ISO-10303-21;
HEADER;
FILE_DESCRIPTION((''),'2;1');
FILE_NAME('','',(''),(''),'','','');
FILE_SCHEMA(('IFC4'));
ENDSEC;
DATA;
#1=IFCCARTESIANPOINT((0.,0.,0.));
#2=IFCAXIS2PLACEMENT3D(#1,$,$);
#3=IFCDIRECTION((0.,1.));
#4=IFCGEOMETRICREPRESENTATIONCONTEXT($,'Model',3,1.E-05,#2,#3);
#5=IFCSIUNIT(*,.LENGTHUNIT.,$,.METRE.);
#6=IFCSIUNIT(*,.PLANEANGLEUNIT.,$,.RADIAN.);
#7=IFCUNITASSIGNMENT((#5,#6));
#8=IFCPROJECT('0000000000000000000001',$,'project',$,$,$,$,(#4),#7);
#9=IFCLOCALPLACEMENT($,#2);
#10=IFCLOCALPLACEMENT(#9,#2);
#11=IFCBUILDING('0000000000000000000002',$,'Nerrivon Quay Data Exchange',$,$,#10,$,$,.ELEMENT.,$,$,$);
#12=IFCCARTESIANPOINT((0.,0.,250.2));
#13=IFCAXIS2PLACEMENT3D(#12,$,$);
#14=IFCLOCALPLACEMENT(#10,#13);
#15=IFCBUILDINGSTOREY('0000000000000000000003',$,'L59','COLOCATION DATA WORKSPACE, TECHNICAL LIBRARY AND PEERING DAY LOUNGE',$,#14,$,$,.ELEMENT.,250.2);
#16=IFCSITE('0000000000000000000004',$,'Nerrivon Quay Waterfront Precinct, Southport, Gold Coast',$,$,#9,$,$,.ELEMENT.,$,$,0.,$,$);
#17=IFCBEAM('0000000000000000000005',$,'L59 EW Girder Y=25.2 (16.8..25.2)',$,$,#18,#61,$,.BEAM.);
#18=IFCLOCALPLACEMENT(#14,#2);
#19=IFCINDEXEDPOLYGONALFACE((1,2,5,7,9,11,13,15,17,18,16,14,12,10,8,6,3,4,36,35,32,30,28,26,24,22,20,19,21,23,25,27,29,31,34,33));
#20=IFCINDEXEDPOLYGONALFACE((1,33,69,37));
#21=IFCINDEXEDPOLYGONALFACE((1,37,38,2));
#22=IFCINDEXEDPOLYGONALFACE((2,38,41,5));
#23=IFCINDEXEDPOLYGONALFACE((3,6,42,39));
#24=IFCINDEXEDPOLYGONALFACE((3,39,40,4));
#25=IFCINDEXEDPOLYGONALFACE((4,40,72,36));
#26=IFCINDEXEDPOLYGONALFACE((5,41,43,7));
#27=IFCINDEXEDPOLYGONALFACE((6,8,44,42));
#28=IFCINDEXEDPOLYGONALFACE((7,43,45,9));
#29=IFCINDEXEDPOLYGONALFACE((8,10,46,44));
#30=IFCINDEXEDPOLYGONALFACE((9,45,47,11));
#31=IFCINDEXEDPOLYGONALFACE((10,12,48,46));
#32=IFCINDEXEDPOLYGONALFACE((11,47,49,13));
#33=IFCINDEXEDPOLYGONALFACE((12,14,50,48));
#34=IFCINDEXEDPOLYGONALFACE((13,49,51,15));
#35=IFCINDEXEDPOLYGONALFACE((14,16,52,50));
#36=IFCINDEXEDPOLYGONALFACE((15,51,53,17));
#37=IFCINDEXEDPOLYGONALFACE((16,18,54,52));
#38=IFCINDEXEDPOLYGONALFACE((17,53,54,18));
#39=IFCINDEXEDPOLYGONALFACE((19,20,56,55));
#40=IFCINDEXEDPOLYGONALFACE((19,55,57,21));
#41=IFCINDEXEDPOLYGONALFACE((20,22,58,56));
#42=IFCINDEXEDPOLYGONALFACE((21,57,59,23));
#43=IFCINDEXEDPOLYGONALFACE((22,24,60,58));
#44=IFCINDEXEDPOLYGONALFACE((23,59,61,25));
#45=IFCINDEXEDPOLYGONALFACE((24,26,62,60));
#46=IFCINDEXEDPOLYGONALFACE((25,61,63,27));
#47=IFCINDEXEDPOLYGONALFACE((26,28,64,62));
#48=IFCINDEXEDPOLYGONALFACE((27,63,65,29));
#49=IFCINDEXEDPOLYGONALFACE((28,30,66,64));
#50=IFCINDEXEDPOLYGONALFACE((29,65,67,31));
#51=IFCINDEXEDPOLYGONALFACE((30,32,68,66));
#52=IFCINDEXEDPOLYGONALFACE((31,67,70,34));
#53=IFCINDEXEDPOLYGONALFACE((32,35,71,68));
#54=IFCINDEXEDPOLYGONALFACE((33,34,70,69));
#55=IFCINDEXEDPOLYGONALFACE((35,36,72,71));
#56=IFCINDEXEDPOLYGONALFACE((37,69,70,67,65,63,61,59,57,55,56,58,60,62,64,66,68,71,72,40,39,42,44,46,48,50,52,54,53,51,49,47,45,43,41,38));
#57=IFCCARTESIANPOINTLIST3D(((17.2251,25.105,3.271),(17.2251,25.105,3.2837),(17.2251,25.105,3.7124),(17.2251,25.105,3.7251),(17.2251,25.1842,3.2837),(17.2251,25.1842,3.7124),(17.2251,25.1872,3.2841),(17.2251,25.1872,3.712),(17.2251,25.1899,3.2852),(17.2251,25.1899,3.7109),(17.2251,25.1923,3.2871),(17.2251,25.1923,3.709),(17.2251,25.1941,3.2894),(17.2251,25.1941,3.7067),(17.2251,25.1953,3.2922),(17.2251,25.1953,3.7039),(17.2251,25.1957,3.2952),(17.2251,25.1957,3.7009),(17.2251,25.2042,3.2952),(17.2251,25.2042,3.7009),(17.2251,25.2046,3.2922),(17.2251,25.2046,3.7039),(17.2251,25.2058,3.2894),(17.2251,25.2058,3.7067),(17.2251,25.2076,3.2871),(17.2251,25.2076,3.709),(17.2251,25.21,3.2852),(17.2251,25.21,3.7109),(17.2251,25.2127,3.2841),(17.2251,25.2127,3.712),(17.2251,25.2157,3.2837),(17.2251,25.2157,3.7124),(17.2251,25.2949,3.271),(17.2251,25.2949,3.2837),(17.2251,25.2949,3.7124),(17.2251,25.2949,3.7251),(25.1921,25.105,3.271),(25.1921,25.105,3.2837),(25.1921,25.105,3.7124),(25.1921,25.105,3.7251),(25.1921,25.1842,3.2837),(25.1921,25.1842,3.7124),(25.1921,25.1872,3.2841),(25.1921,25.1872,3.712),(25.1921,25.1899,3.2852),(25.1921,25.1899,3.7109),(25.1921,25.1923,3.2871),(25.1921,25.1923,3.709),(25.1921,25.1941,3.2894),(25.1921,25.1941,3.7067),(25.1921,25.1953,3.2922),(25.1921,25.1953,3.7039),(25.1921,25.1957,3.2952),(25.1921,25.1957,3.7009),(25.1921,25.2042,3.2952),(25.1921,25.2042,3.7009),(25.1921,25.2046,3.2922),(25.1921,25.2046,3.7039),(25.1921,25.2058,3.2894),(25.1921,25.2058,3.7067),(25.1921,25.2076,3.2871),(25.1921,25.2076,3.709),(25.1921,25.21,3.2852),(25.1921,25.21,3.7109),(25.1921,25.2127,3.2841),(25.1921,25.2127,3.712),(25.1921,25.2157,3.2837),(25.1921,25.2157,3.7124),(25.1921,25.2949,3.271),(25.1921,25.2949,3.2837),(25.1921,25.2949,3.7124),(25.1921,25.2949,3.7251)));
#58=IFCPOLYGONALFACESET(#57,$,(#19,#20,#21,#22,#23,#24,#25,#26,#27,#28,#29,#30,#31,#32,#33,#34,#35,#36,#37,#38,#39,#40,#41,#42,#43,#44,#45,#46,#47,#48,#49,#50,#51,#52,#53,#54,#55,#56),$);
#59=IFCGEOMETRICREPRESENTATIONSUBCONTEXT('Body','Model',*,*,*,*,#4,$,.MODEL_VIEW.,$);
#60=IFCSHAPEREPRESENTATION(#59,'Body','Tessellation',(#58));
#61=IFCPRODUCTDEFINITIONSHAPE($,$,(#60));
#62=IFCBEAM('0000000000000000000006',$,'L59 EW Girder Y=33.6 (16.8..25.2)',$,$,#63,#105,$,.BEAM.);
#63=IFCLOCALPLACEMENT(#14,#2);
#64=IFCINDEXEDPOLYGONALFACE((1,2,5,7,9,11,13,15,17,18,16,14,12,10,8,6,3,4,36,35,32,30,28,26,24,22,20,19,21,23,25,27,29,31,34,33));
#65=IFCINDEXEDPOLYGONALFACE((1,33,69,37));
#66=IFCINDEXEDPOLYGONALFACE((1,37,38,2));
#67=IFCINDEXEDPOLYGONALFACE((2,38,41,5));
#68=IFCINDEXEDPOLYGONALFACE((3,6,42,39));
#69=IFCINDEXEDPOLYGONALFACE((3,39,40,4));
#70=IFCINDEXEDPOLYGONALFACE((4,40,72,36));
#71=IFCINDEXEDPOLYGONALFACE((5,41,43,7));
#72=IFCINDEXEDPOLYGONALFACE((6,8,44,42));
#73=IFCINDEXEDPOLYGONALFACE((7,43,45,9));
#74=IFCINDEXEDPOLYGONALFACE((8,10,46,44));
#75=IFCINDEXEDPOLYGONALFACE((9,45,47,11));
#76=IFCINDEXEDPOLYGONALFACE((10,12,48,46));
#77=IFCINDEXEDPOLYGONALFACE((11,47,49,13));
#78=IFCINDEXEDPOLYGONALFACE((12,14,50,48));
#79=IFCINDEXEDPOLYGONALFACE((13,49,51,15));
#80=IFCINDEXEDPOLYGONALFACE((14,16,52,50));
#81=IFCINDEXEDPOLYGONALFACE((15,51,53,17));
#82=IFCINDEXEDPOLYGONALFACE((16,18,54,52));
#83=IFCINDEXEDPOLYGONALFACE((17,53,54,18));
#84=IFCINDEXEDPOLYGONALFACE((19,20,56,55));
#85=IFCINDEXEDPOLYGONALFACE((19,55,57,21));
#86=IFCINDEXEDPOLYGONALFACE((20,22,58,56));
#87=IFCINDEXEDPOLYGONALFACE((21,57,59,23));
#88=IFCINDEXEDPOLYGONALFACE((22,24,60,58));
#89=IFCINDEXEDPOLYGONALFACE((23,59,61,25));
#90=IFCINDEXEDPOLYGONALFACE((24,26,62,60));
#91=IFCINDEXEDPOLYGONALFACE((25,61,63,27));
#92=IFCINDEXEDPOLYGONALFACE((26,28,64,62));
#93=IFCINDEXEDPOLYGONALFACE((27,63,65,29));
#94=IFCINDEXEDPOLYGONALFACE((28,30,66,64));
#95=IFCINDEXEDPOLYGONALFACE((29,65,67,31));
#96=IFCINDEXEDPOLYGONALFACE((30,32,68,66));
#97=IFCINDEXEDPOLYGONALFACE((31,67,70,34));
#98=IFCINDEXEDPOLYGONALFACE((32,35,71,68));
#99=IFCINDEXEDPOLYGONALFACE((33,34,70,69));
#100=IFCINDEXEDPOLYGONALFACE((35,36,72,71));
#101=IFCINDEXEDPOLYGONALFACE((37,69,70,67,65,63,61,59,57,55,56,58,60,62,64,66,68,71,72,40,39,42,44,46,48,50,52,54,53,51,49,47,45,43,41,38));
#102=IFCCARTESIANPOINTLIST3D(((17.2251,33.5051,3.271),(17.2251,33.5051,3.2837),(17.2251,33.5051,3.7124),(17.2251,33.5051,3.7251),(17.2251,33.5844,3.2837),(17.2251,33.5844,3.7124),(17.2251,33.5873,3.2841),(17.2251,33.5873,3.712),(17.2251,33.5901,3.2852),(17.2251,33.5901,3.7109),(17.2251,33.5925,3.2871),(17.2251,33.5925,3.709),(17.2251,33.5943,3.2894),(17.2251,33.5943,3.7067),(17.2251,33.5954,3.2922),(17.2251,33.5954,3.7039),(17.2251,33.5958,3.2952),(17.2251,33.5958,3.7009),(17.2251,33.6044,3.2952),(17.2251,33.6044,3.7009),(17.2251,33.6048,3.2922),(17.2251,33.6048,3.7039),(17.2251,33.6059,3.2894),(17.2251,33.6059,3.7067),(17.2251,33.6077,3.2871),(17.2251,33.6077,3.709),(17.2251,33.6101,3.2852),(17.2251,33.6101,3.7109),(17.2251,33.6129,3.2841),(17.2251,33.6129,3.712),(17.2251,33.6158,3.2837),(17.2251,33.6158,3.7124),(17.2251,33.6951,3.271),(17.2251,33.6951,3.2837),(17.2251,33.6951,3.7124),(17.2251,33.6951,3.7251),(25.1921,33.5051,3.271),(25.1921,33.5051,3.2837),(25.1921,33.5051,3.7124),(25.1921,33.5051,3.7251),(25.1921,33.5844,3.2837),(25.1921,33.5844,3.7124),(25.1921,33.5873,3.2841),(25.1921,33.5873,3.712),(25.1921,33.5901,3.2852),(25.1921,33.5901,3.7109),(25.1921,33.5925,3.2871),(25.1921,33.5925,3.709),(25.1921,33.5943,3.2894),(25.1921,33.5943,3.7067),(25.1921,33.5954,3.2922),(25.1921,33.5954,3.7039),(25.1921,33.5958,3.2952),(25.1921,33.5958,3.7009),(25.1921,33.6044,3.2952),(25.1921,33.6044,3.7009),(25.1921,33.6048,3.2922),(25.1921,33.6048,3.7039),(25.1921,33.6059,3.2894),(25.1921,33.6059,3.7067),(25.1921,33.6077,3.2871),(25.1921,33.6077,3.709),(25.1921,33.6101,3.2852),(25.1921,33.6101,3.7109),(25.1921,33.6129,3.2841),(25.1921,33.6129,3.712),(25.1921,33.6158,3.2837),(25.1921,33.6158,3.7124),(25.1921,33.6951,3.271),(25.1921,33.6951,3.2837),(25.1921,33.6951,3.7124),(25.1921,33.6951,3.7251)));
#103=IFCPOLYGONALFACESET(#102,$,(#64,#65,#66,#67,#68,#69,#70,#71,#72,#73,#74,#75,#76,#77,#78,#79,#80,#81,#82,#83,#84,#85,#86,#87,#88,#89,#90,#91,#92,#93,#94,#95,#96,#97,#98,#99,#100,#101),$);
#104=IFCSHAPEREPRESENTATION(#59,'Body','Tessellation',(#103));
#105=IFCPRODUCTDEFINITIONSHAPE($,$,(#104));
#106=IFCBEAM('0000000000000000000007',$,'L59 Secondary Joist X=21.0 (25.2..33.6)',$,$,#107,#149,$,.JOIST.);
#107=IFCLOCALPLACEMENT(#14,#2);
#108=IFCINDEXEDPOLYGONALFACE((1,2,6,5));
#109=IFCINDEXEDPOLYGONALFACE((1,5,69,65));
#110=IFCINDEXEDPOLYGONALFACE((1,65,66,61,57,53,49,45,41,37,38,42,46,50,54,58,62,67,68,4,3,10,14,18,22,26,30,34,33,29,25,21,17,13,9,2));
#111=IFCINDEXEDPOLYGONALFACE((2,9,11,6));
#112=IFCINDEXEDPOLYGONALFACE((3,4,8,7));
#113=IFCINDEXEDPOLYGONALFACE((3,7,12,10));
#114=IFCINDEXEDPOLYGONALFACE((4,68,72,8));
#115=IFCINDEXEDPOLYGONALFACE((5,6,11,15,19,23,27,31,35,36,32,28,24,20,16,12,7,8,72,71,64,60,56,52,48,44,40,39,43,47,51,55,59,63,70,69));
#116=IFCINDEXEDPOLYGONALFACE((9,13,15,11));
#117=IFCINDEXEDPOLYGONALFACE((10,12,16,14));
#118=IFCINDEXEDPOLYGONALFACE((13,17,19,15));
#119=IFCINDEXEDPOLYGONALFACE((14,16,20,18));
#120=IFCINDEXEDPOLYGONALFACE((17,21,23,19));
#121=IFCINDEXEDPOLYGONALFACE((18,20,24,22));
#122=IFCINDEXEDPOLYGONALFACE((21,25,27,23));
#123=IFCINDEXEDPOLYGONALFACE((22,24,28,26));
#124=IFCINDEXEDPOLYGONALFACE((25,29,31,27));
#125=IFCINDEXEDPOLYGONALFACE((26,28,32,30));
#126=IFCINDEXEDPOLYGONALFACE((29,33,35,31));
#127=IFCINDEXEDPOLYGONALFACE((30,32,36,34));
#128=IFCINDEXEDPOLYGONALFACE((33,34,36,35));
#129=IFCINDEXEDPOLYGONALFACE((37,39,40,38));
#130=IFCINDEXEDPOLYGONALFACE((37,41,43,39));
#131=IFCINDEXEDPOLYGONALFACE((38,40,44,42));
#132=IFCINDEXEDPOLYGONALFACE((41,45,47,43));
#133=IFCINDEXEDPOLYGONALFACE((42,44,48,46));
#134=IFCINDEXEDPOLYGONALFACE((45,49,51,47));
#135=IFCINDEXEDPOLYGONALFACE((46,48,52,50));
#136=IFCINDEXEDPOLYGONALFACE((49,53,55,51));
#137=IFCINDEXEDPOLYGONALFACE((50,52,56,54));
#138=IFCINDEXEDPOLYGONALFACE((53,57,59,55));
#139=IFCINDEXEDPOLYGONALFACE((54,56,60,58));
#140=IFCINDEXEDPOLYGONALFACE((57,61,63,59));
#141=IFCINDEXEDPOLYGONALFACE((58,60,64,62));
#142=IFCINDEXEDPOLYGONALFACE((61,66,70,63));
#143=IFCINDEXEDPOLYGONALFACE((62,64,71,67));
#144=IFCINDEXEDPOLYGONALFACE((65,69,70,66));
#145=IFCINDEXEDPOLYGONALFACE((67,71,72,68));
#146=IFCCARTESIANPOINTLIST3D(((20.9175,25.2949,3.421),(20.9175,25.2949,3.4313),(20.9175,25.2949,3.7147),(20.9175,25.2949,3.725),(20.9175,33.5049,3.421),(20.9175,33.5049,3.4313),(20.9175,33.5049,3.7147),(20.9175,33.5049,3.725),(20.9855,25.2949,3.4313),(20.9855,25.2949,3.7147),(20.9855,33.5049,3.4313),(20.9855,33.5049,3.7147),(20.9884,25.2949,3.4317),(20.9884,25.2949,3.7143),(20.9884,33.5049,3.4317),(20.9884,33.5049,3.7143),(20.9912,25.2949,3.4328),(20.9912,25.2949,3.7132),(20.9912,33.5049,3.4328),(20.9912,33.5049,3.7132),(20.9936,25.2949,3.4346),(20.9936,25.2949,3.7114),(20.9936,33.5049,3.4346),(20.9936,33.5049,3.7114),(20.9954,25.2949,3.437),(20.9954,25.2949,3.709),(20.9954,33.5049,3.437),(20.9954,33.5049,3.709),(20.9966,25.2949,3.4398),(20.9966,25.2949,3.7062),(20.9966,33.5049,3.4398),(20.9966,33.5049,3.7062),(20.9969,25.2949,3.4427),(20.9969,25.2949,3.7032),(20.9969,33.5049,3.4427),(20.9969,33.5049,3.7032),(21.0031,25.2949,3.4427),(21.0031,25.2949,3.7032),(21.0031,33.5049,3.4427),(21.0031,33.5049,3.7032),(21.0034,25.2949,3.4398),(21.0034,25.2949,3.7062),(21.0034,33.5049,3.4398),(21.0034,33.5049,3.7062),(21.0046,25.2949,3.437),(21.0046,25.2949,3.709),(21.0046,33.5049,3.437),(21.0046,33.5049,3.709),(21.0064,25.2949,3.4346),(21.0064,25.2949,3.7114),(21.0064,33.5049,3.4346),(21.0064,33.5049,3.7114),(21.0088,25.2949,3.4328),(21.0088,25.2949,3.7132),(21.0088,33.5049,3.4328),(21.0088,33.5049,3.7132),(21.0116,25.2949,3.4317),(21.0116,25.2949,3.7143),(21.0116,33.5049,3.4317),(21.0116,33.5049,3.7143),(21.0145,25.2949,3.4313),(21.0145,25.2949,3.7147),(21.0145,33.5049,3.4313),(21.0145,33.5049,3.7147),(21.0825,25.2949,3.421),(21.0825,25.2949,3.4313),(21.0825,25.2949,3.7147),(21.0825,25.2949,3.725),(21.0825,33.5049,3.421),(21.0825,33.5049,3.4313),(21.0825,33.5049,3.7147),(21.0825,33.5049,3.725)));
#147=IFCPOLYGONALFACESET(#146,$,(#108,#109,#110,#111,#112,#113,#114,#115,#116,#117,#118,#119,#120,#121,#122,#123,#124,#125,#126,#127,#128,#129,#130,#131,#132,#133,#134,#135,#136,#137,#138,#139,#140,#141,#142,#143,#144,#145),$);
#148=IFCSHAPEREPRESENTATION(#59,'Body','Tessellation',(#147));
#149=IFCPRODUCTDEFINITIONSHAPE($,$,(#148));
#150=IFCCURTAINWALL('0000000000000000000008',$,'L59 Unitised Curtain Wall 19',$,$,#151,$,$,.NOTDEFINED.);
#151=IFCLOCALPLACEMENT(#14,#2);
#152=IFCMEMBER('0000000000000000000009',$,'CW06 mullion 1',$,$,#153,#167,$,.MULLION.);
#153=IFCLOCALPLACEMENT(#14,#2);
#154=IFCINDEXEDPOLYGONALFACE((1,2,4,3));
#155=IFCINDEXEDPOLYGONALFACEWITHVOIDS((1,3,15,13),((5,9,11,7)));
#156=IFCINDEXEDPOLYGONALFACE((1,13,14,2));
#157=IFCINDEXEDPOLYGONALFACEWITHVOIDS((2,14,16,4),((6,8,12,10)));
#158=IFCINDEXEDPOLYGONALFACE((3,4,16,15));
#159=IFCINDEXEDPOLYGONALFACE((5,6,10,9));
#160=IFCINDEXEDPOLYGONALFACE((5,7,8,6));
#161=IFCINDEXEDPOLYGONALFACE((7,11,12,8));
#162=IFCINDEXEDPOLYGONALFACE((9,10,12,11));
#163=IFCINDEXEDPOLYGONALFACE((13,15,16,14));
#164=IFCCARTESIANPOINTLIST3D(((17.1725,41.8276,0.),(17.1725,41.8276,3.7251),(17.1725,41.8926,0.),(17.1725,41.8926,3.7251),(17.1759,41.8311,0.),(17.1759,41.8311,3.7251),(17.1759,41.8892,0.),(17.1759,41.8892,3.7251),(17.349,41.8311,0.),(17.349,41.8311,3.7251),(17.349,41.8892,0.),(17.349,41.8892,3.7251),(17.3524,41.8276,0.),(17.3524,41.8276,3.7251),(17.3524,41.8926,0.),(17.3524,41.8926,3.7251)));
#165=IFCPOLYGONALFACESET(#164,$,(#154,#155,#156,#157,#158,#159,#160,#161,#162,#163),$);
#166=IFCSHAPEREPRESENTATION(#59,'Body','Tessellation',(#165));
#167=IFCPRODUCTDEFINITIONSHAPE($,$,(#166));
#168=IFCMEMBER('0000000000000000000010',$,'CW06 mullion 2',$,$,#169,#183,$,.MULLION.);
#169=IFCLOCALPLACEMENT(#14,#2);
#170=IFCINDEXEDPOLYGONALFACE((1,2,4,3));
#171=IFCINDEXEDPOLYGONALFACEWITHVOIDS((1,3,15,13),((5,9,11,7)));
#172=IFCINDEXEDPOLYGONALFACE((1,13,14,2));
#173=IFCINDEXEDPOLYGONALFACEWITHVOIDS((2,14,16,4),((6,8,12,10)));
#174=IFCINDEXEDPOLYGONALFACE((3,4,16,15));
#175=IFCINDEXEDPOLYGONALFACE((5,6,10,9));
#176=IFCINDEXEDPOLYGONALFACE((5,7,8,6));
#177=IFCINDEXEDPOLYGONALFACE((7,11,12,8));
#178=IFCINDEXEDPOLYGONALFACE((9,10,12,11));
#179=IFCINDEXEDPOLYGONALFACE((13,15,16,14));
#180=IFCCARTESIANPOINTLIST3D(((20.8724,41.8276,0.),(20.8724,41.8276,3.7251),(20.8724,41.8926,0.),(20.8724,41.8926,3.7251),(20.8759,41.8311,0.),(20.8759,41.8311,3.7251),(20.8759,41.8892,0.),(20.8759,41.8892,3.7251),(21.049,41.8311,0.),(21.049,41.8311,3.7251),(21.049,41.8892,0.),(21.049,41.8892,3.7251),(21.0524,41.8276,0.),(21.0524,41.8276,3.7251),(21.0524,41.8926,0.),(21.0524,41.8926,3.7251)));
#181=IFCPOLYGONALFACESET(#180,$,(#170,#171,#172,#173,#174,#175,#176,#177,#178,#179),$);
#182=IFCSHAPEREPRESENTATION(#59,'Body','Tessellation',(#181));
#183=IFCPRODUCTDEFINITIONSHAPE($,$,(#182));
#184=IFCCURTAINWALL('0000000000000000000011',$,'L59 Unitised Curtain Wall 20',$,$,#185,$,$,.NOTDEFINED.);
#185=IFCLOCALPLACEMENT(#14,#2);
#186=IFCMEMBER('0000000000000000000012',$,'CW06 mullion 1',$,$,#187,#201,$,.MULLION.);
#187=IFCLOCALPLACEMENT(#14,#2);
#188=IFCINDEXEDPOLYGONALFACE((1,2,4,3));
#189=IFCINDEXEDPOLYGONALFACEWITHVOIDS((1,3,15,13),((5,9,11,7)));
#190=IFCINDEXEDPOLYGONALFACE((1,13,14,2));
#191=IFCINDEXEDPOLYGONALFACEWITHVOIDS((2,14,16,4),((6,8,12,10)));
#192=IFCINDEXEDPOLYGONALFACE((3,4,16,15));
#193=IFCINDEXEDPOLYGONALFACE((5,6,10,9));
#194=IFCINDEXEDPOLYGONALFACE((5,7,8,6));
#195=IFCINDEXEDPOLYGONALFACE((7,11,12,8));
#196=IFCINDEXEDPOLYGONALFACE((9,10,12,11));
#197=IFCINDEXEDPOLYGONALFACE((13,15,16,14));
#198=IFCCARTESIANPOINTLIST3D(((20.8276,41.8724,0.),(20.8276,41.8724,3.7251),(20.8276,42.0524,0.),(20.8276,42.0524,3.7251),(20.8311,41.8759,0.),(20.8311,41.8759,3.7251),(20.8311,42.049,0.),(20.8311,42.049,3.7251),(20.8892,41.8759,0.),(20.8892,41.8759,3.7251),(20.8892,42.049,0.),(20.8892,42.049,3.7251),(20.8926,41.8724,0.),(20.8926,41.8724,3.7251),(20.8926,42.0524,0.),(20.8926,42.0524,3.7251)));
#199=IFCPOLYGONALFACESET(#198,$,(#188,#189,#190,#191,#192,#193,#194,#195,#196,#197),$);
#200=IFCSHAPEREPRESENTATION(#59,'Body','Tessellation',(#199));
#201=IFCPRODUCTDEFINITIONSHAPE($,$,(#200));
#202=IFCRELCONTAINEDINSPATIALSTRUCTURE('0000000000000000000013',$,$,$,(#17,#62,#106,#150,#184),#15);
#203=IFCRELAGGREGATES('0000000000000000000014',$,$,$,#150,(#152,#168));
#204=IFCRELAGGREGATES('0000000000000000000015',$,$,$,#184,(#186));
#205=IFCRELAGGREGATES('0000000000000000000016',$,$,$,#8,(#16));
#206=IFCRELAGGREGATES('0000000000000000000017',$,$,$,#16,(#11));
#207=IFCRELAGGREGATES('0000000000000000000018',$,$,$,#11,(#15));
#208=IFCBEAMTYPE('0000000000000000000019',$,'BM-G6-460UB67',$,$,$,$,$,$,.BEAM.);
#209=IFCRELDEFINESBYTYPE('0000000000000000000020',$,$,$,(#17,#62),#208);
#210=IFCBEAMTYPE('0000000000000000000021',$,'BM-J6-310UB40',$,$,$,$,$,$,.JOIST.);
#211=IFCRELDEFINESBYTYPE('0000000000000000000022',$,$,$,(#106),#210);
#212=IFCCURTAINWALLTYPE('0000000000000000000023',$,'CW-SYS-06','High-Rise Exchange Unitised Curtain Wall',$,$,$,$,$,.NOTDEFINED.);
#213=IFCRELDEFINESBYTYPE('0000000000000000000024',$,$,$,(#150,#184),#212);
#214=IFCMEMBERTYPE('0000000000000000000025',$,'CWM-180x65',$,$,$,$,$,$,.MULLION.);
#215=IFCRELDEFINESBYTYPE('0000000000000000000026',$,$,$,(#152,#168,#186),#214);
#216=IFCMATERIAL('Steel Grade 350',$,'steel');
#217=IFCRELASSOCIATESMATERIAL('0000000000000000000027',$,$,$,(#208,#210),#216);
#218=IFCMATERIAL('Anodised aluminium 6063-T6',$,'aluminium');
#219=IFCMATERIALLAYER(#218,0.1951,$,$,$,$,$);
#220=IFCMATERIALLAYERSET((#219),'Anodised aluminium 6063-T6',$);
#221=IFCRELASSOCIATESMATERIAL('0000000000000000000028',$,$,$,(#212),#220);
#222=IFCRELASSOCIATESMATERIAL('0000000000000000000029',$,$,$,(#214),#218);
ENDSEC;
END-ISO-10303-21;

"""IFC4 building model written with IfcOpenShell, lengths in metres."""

from ifc_helpers import new_model, si_unit, direction, frame, origin, origin_2d, place, context, subcontext, project, spatial, hollow_rectangle, i_section, extrude, material, layer, layer_set, material_profile, profile_set, type_object, element, aggregate, save


model = new_model("IFC4")

# Units and contexts
model_context = context("Model", 3, precision=1e-05, world=origin(), true_north=direction((0.0, 1.0)))
body_context = subcontext(model_context, "Body", "Model", "MODEL_VIEW")
ifc_project = project(units=[si_unit("LENGTHUNIT", "METRE"), si_unit("PLANEANGLEUNIT", "RADIAN")], contexts=[model_context])

# Site, building, storey
site_placement = place(None, origin())
site = spatial("IfcSite", under=ifc_project, at=site_placement, Name="Nerrivon Quay Waterfront Precinct, Southport, Gold Coast", CompositionType="ELEMENT", RefElevation=0.0)
building_placement = place(site_placement, origin())
building = spatial("IfcBuilding", under=site, at=building_placement, Name="Nerrivon Quay Data Exchange", CompositionType="ELEMENT")
storey_placement = place(building_placement, frame((0.0, 0.0, 250.2)))
storey = spatial("IfcBuildingStorey", under=building, at=storey_placement, Name="L59", Description="COLOCATION DATA WORKSPACE, TECHNICAL LIBRARY AND PEERING DAY LOUNGE", CompositionType="ELEMENT", Elevation=250.2)

# Beams
ifc_material_1 = material(Name="Steel Grade 350", Category="steel")
ifc_material_profile_1 = material_profile(ifc_material_1, i_section(OverallWidth=0.1899, OverallDepth=0.4541, WebThickness=0.0085, FlangeThickness=0.0127, FilletRadius=0.0115, at=origin_2d()), Name="460UB67.1")
ifc_profile_set_1 = profile_set([ifc_material_profile_1], Name="Steel Grade 350")
beam_type_1 = type_object("IfcBeamType", Name="BM-G6-460UB67", PredefinedType="BEAM", material=ifc_profile_set_1)
for number, where, z_axis, x_axis, name in (
    (1, (17.2251, 25.2, 3.498), (1.0, 0.0, 0.0), (0.0, 1.0, 0.0), "L59 EW Girder Y=25.2 (16.8..25.2)"),
    (2, (17.2251, 33.6001, 3.498), (1.0, 0.0, 0.0), (0.0, 1.0, 0.0), "L59 EW Girder Y=33.6 (16.8..25.2)"),
):
    element("IfcBeam", number, at=place(storey_placement, frame(where, z_axis=z_axis, x_axis=x_axis)), inside=storey, type_object=beam_type_1, Name=name, PredefinedType="BEAM", context=body_context, shape_type="SweptSolid", body=[
        extrude(i_section(OverallWidth=0.1899, OverallDepth=0.4541, WebThickness=0.0085, FlangeThickness=0.0127, FilletRadius=0.0115, at=origin_2d()), origin(), (0.0, 0.0, 1.0), 7.967),
    ])
ifc_material_profile_2 = material_profile(ifc_material_1, i_section(OverallWidth=0.165, OverallDepth=0.304, WebThickness=0.0061, FlangeThickness=0.0103, FilletRadius=0.0115, at=origin_2d()), Name="310UB40.4")
ifc_profile_set_2 = profile_set([ifc_material_profile_2], Name="Steel Grade 350")
beam_type_2 = type_object("IfcBeamType", Name="BM-J6-310UB40", PredefinedType="JOIST", material=ifc_profile_set_2)
beam_placement = place(storey_placement, frame((21.0, 25.2949, 3.573), z_axis=(0.0, 1.0, 0.0), x_axis=(-1.0, 0.0, 0.0)))
element("IfcBeam", 3, at=beam_placement, inside=storey, type_object=beam_type_2, Name="L59 Secondary Joist X=21.0 (25.2..33.6)", PredefinedType="JOIST", context=body_context, shape_type="SweptSolid", body=[
    extrude(i_section(OverallWidth=0.165, OverallDepth=0.304, WebThickness=0.0061, FlangeThickness=0.0103, FilletRadius=0.0115, at=origin_2d()), origin(), (0.0, 0.0, 1.0), 8.21),
])

# Curtain walls, members
ifc_material_2 = material(Name="Anodised aluminium 6063-T6", Category="aluminium")
ifc_layer_1 = layer(ifc_material_2, 0.1951)
ifc_layer_set_1 = layer_set([ifc_layer_1], Name="Anodised aluminium 6063-T6")
curtain_wall_type = type_object("IfcCurtainWallType", Name="CW-SYS-06", Description="High-Rise Exchange Unitised Curtain Wall", PredefinedType="NOTDEFINED", material=ifc_layer_set_1)
curtain_wall_1_placement = place(storey_placement, origin())
curtain_wall_1 = element("IfcCurtainWall", 4, at=curtain_wall_1_placement, inside=storey, type_object=curtain_wall_type, Name="L59 Unitised Curtain Wall 19", PredefinedType="NOTDEFINED")
ifc_material_profile_3 = material_profile(ifc_material_2, hollow_rectangle(XDim=0.0649, YDim=0.1799, WallThickness=0.0034, at=origin_2d()), Name="ALU-MULL-180x65")
ifc_profile_set_3 = profile_set([ifc_material_profile_3], Name="Anodised aluminium 6063-T6")
member_type_1 = type_object("IfcMemberType", Name="CWM-180x65", PredefinedType="MULLION", material=ifc_profile_set_3)
member_1_placement = place(storey_placement, frame((17.2625, 41.8601, 0.0), z_axis=(0.0, 0.0, 1.0), x_axis=(0.0, 1.0, 0.0)))
member_1 = element("IfcMember", 5, at=member_1_placement, type_object=member_type_1, Name="CW06 mullion 1", PredefinedType="MULLION", context=body_context, shape_type="SweptSolid", body=[
    extrude(hollow_rectangle(XDim=0.0649, YDim=0.1799, WallThickness=0.0034, at=origin_2d()), origin(), (0.0, 0.0, 1.0), 3.7251),
])
member_2_placement = place(storey_placement, frame((20.9624, 41.8601, 0.0), z_axis=(0.0, 0.0, 1.0), x_axis=(0.0, 1.0, 0.0)))
member_2 = element("IfcMember", 6, at=member_2_placement, type_object=member_type_1, Name="CW06 mullion 2", PredefinedType="MULLION", context=body_context, shape_type="SweptSolid", body=[
    extrude(hollow_rectangle(XDim=0.0649, YDim=0.1799, WallThickness=0.0034, at=origin_2d()), origin(), (0.0, 0.0, 1.0), 3.7251),
])
curtain_wall_2_placement = place(storey_placement, origin())
curtain_wall_2 = element("IfcCurtainWall", 7, at=curtain_wall_2_placement, inside=storey, type_object=curtain_wall_type, Name="L59 Unitised Curtain Wall 20", PredefinedType="NOTDEFINED")
member_3_placement = place(storey_placement, frame((20.8601, 41.9624, 0.0), z_axis=(0.0, 0.0, 1.0), x_axis=(1.0, 0.0, 0.0)))
member_3 = element("IfcMember", 8, at=member_3_placement, type_object=member_type_1, Name="CW06 mullion 1", PredefinedType="MULLION", context=body_context, shape_type="SweptSolid", body=[
    extrude(hollow_rectangle(XDim=0.0649, YDim=0.1799, WallThickness=0.0034, at=origin_2d()), origin(), (0.0, 0.0, 1.0), 3.7251),
])

aggregate(curtain_wall_1, [member_1, member_2])
aggregate(curtain_wall_2, [member_3])

save(model, "model.ifc")
